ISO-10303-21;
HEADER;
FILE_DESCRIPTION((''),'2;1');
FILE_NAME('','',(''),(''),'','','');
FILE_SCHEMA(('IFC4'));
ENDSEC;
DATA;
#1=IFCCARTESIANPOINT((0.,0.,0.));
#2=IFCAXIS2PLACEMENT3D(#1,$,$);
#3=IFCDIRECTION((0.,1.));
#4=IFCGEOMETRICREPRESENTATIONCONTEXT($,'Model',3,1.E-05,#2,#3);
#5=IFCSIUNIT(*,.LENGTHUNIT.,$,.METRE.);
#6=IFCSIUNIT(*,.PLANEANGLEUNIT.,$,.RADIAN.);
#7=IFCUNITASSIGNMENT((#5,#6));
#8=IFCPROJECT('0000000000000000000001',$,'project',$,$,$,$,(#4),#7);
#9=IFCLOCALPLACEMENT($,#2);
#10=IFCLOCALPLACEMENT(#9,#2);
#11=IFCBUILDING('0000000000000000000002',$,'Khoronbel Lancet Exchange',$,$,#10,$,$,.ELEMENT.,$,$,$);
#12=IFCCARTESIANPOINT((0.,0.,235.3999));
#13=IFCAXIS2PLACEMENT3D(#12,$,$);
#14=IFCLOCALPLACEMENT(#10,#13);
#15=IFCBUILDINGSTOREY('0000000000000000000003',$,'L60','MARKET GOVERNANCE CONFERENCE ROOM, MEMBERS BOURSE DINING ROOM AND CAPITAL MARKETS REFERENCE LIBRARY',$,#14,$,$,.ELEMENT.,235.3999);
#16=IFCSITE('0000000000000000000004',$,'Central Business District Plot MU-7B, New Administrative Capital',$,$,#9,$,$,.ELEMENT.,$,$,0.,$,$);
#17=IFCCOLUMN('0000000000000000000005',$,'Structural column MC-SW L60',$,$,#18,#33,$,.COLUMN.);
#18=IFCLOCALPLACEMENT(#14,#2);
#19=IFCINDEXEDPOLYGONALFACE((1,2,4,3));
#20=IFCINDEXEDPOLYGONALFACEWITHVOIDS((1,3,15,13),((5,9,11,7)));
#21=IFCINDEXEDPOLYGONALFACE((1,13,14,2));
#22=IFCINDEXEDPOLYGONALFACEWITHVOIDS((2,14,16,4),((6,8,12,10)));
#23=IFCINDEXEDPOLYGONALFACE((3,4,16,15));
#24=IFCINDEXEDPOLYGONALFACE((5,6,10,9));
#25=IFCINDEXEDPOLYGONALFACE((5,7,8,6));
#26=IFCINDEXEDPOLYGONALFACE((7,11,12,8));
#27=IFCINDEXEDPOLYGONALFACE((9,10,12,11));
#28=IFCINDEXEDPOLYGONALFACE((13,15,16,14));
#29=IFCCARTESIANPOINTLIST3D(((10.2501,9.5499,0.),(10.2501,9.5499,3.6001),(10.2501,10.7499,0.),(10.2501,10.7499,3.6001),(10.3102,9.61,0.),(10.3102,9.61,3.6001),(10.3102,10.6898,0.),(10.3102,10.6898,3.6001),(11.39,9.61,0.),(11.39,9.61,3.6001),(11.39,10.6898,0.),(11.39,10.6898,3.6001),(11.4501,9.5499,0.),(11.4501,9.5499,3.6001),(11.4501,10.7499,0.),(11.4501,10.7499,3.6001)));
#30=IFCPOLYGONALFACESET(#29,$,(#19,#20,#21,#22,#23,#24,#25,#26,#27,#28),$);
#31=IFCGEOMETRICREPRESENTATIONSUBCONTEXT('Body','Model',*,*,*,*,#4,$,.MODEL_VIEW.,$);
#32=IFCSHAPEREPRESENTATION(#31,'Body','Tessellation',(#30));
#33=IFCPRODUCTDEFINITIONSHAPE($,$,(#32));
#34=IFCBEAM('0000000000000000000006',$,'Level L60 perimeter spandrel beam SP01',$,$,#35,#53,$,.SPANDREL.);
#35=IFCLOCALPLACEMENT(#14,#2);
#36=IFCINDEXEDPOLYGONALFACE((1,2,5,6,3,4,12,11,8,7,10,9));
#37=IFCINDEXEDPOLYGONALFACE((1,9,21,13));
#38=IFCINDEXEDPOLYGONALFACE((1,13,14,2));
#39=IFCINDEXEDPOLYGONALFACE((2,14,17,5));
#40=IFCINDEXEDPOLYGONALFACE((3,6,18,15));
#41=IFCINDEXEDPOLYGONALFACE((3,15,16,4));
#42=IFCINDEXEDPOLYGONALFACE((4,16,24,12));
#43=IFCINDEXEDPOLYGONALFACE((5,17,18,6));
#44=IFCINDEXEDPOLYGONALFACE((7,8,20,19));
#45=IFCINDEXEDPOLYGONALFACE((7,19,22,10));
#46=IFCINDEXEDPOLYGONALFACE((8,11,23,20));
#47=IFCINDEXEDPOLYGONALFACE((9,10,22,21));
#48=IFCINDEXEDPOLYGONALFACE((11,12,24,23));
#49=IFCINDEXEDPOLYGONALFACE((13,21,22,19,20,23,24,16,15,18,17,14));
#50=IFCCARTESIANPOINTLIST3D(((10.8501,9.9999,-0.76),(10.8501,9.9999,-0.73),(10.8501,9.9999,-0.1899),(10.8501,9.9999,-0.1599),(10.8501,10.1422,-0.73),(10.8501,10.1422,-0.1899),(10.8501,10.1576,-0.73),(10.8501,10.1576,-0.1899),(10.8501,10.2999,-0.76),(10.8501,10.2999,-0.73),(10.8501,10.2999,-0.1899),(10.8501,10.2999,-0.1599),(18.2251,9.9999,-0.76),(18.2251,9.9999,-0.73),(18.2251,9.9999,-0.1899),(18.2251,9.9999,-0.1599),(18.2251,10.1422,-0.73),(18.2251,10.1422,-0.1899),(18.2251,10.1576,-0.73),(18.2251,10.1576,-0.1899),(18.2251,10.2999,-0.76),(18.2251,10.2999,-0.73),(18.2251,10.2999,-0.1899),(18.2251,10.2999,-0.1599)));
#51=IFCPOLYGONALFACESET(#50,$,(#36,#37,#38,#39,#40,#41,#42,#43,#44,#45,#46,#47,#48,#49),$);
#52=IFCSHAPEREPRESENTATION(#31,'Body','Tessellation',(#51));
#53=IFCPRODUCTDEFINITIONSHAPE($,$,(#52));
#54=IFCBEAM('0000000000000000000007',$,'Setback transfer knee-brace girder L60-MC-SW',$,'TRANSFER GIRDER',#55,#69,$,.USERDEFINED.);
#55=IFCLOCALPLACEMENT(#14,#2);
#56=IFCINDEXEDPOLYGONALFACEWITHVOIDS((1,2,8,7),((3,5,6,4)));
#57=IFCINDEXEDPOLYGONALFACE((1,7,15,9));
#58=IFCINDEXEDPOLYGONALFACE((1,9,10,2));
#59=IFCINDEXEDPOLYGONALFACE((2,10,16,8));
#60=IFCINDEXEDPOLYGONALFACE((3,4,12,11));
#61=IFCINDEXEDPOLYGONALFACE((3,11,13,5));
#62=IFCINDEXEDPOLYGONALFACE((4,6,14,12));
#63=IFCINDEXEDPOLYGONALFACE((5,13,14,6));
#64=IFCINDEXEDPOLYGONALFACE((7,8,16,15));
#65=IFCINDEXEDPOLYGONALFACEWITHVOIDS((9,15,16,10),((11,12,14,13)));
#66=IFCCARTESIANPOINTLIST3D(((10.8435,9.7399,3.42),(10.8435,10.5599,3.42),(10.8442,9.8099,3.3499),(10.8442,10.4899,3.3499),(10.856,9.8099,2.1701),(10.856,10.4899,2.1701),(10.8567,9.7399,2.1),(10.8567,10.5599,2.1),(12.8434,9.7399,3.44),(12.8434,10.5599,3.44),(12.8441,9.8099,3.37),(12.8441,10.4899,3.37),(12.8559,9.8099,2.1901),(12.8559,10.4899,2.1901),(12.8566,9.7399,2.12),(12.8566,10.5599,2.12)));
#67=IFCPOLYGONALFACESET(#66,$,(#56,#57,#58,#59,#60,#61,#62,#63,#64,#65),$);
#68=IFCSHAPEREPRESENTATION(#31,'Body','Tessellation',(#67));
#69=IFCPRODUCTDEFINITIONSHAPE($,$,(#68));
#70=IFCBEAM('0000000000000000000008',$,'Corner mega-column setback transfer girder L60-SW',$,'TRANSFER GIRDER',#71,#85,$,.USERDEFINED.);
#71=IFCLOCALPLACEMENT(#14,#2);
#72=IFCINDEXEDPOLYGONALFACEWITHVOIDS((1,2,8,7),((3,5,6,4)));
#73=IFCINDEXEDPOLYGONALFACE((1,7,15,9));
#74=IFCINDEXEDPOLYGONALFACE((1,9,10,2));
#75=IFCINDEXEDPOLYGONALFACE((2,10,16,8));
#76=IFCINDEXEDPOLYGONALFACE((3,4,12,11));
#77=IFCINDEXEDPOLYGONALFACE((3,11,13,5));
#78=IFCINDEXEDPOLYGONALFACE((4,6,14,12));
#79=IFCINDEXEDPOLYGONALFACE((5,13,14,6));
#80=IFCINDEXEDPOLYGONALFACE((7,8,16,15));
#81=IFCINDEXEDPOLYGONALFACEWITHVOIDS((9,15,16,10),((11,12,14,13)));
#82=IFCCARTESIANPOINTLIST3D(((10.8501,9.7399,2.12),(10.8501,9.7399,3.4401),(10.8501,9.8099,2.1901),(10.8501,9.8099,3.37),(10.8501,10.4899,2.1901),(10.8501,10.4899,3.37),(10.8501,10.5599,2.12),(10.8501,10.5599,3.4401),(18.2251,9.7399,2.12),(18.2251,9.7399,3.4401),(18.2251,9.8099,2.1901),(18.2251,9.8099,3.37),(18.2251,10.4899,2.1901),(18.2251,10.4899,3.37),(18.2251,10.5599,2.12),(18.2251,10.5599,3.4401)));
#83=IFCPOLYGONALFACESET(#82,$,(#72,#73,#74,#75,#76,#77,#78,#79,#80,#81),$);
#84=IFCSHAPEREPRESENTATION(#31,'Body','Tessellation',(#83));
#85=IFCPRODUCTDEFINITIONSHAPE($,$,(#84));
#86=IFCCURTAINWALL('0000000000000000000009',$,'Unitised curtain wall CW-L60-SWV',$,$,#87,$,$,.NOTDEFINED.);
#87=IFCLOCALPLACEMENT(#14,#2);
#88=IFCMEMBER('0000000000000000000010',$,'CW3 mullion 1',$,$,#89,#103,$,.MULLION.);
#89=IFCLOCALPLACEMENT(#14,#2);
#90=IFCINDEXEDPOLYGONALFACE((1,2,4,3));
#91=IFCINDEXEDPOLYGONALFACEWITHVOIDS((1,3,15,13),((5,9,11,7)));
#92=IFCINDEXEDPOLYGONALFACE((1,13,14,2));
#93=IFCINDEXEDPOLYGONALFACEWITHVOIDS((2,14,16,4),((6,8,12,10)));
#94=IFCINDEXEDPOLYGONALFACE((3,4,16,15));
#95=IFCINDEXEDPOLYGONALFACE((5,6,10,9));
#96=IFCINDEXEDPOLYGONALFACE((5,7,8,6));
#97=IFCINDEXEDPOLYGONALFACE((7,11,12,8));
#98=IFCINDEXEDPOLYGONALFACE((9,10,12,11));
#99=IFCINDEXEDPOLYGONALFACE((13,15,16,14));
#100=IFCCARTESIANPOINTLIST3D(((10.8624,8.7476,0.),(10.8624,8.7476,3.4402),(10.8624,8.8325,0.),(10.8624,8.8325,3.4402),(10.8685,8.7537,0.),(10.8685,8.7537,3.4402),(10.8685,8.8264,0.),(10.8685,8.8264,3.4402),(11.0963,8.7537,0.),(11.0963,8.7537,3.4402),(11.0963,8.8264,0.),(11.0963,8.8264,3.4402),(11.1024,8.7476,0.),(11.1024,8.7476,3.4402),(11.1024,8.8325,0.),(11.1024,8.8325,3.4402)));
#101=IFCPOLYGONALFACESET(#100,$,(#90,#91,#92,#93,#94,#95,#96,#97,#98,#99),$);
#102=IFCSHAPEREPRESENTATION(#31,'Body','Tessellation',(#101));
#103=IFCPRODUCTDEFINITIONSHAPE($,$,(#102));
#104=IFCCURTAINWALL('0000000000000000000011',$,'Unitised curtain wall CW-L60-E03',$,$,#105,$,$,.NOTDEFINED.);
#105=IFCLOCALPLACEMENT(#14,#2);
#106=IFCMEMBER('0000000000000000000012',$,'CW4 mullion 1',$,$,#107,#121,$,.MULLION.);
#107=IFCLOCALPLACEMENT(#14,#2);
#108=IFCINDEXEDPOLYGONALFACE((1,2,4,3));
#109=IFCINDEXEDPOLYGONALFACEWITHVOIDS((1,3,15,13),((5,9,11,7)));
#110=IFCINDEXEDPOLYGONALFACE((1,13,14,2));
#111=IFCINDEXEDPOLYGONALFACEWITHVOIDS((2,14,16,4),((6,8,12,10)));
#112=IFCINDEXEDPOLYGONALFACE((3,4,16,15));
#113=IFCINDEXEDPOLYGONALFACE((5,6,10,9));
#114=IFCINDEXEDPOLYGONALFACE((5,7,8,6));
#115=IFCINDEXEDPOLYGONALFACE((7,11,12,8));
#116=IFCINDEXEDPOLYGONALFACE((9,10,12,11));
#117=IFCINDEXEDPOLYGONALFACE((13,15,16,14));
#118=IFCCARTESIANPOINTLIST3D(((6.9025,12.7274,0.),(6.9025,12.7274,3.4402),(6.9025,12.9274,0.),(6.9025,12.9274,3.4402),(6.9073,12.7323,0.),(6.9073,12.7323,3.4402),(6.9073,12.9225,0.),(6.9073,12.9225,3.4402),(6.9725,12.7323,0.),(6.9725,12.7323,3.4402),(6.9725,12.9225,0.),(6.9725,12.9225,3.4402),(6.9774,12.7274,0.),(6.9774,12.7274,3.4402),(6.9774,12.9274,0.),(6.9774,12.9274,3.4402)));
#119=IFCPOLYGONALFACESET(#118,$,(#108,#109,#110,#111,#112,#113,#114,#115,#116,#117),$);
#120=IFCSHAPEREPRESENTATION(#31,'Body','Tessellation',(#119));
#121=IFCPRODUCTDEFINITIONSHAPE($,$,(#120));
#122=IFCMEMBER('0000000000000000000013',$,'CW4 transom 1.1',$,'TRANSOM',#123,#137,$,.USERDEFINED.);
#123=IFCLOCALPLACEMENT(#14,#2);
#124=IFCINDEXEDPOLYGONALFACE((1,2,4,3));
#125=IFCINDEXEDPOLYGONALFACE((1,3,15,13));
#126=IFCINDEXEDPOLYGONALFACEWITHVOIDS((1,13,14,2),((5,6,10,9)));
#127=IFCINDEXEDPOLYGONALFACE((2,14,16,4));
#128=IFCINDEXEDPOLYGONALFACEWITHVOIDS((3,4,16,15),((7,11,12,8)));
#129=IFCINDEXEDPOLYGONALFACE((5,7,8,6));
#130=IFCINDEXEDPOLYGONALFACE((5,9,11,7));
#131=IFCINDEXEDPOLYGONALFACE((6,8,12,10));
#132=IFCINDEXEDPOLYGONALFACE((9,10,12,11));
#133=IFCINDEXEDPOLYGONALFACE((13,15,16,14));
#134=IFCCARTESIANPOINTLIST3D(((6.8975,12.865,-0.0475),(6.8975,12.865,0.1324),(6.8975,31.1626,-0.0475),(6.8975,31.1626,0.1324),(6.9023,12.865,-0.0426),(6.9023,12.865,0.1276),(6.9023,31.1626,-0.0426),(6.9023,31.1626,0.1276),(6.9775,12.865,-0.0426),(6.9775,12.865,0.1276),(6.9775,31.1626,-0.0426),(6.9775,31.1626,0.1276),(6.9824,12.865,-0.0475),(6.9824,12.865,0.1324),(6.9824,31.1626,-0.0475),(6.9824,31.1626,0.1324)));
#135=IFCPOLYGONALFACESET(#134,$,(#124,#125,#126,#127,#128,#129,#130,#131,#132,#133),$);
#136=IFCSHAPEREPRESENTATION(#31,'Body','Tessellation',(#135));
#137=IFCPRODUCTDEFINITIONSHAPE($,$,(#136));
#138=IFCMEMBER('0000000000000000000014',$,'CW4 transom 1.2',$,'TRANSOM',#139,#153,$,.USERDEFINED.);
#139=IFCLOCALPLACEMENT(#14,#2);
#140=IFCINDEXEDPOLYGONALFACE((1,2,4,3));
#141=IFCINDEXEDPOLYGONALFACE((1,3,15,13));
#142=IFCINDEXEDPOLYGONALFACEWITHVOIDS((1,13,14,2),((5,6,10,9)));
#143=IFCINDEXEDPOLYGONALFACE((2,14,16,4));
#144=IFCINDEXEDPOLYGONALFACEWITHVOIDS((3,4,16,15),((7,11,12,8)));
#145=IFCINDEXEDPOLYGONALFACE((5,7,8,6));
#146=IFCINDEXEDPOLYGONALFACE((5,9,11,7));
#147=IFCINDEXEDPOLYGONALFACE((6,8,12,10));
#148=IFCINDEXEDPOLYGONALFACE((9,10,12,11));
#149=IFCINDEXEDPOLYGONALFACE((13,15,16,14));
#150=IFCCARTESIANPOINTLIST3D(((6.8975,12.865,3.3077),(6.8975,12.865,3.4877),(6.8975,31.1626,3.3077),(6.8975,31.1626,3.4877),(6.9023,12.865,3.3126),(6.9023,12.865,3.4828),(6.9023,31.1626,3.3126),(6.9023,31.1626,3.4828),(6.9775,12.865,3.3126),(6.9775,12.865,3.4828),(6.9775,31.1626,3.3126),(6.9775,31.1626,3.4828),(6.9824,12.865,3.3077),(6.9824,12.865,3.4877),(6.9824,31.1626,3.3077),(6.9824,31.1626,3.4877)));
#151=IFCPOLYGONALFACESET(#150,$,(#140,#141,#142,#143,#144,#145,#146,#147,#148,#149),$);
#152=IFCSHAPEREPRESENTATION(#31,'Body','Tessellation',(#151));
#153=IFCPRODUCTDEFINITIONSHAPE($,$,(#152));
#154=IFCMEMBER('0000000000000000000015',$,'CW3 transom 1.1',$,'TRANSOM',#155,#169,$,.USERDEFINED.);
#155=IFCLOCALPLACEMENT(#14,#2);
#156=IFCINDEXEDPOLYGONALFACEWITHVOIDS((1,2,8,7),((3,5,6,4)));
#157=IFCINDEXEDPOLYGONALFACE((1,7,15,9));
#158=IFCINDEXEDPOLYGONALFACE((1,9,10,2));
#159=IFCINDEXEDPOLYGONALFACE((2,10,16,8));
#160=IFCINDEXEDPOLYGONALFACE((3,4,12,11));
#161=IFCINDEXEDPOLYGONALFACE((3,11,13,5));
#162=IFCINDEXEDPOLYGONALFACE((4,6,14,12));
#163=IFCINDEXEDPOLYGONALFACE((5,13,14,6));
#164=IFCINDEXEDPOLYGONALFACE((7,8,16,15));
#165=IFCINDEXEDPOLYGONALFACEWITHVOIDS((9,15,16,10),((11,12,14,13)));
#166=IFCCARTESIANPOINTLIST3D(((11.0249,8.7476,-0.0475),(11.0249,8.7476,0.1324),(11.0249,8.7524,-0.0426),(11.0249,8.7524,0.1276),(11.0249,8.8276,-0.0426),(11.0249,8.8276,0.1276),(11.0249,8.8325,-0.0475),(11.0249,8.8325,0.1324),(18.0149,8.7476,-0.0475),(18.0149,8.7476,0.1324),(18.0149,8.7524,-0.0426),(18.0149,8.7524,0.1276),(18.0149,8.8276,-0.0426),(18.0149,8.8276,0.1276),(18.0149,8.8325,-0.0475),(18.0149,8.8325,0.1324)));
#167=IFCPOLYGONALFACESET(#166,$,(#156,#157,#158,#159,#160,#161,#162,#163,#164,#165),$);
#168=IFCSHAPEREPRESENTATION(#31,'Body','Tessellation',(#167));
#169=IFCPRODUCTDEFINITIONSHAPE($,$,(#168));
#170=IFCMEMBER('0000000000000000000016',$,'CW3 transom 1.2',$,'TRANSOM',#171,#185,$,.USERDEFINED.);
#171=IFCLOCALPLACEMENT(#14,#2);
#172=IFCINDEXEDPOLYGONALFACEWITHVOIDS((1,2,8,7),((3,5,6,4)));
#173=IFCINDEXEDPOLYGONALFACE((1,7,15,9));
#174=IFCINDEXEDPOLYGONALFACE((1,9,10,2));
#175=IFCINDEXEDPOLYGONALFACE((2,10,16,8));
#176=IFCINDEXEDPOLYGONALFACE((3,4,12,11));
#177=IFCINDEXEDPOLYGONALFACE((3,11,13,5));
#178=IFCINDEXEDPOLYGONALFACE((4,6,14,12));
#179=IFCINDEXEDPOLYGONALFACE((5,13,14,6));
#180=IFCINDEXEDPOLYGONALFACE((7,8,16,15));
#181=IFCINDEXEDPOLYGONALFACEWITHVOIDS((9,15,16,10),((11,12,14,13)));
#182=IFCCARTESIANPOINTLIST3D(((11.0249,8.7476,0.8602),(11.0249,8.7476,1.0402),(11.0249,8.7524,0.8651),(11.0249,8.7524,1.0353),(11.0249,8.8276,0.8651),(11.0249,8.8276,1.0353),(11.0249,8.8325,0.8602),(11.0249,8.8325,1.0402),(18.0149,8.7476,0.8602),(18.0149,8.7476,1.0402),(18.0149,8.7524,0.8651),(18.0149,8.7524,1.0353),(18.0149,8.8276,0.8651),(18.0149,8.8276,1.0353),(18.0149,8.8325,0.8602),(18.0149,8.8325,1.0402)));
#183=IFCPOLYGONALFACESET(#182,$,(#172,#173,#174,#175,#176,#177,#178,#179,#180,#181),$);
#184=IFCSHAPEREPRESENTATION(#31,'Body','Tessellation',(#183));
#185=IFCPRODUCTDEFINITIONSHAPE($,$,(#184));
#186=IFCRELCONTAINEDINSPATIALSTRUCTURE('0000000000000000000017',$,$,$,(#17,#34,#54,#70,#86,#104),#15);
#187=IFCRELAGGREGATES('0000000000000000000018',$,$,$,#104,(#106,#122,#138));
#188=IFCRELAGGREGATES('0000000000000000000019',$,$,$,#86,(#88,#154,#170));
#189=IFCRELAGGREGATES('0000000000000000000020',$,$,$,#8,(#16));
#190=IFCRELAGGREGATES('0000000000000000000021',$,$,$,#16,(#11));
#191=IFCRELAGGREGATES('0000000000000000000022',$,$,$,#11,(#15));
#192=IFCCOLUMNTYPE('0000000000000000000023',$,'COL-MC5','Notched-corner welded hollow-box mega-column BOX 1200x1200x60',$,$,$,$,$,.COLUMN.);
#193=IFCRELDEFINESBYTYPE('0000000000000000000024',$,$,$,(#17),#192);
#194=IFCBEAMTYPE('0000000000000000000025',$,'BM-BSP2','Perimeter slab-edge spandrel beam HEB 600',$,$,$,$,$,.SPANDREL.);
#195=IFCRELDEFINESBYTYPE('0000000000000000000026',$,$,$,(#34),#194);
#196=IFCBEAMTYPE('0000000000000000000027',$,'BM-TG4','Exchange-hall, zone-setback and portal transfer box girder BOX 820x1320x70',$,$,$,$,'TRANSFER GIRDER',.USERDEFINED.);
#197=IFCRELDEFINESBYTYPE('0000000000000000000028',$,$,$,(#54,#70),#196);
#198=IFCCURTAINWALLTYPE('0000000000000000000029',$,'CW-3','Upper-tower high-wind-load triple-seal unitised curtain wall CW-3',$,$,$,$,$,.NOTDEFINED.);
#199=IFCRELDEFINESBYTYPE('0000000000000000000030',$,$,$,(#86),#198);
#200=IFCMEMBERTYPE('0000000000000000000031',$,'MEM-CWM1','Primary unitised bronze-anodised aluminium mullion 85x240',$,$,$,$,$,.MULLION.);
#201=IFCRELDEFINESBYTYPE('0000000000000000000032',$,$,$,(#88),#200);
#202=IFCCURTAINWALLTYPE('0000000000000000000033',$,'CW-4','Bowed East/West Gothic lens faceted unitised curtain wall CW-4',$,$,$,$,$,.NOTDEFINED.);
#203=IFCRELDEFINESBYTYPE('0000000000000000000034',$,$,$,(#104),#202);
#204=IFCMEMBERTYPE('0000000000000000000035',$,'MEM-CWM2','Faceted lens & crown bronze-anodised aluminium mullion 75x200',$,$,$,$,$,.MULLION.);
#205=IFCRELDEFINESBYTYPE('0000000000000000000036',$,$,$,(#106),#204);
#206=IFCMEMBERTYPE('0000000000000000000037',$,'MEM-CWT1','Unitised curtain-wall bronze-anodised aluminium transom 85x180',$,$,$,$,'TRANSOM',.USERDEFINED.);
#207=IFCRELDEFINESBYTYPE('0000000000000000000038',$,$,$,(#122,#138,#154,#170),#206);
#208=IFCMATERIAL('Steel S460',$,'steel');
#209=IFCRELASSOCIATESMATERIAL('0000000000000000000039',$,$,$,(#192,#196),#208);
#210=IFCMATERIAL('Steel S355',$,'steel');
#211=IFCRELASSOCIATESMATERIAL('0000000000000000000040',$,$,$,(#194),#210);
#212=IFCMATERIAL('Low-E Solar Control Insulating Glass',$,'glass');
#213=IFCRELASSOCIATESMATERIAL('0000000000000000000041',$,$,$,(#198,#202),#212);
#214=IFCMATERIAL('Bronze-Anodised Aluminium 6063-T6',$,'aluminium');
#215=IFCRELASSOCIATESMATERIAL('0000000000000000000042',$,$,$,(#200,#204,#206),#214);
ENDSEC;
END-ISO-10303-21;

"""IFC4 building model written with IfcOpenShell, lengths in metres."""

from ifc_helpers import new_model, si_unit, direction, frame, origin, origin_2d, place, context, subcontext, project, spatial, hollow_rectangle, i_section, extrude, material, material_profile, profile_set, type_object, element, aggregate, save


model = new_model("IFC4")

# Units and contexts
model_context = context("Model", 3, precision=1e-05, world=origin(), true_north=direction((0.0, 1.0)))
body_context = subcontext(model_context, "Body", "Model", "MODEL_VIEW")
ifc_project = project(units=[si_unit("LENGTHUNIT", "METRE"), si_unit("PLANEANGLEUNIT", "RADIAN")], contexts=[model_context])

# Site, building, storey
site_placement = place(None, origin())
site = spatial("IfcSite", under=ifc_project, at=site_placement, Name="Central Business District Plot MU-7B, New Administrative Capital", CompositionType="ELEMENT", RefElevation=0.0)
building_placement = place(site_placement, origin())
building = spatial("IfcBuilding", under=site, at=building_placement, Name="Khoronbel Lancet Exchange", CompositionType="ELEMENT")
storey_placement = place(building_placement, frame((0.0, 0.0, 235.3999)))
storey = spatial("IfcBuildingStorey", under=building, at=storey_placement, Name="L60", Description="MARKET GOVERNANCE CONFERENCE ROOM, MEMBERS BOURSE DINING ROOM AND CAPITAL MARKETS REFERENCE LIBRARY", CompositionType="ELEMENT", Elevation=235.3999)

# Column
ifc_material_1 = material(Name="Steel S460", Category="steel")
ifc_material_profile_1 = material_profile(ifc_material_1, hollow_rectangle(XDim=1.2, YDim=1.2, WallThickness=0.0601, at=origin_2d()), Name="BOX 1200x1200x60")
ifc_profile_set_1 = profile_set([ifc_material_profile_1], Name="Steel S460")
column_type = type_object("IfcColumnType", Name="COL-MC5", Description="Notched-corner welded hollow-box mega-column BOX 1200x1200x60", PredefinedType="COLUMN", material=ifc_profile_set_1)
column_placement = place(storey_placement, frame((10.8501, 10.1499, 0.0), z_axis=(0.0, 0.0, 1.0), x_axis=(1.0, 0.0, 0.0)))
element("IfcColumn", 1, at=column_placement, inside=storey, type_object=column_type, Name="Structural column MC-SW L60", PredefinedType="COLUMN", context=body_context, shape_type="SweptSolid", body=[
    extrude(hollow_rectangle(XDim=1.2, YDim=1.2, WallThickness=0.0601, at=origin_2d()), origin(), (0.0, 0.0, 1.0), 3.6001),
])

# Beams
ifc_material_2 = material(Name="Steel S355", Category="steel")
ifc_material_profile_2 = material_profile(ifc_material_2, i_section(OverallWidth=0.3, OverallDepth=0.6001, WebThickness=0.0154, FlangeThickness=0.03, at=origin_2d()), Name="HEB 600")
ifc_profile_set_2 = profile_set([ifc_material_profile_2], Name="Steel S355")
beam_type_1 = type_object("IfcBeamType", Name="BM-BSP2", Description="Perimeter slab-edge spandrel beam HEB 600", PredefinedType="SPANDREL", material=ifc_profile_set_2)
beam_1_placement = place(storey_placement, frame((10.8501, 10.1499, -0.46), z_axis=(1.0, 0.0, 0.0), x_axis=(0.0, 1.0, 0.0)))
element("IfcBeam", 2, at=beam_1_placement, inside=storey, type_object=beam_type_1, Name="Level L60 perimeter spandrel beam SP01", PredefinedType="SPANDREL", context=body_context, shape_type="SweptSolid", body=[
    extrude(i_section(OverallWidth=0.3, OverallDepth=0.6001, WebThickness=0.0154, FlangeThickness=0.03, at=origin_2d()), origin(), (0.0, 0.0, 1.0), 7.375),
])
ifc_material_profile_3 = material_profile(ifc_material_1, hollow_rectangle(XDim=0.8201, YDim=1.3201, WallThickness=0.0701, at=origin_2d()), Name="BOX 820x1320x70")
ifc_profile_set_3 = profile_set([ifc_material_profile_3], Name="Steel S460")
beam_type_2 = type_object("IfcBeamType", Name="BM-TG4", Description="Exchange-hall, zone-setback and portal transfer box girder BOX 820x1320x70", ElementType="TRANSFER GIRDER", PredefinedType="USERDEFINED", material=ifc_profile_set_3)
beam_2_placement = place(storey_placement, frame((10.8501, 10.1499, 2.76), z_axis=(0.99995, 0.0, 0.010009), x_axis=(0.0, 1.0, 0.0)))
element("IfcBeam", 3, at=beam_2_placement, inside=storey, type_object=beam_type_2, Name="Setback transfer knee-brace girder L60-MC-SW", ObjectType="TRANSFER GIRDER", PredefinedType="USERDEFINED", context=body_context, shape_type="SweptSolid", body=[
    extrude(hollow_rectangle(XDim=0.8201, YDim=1.3201, WallThickness=0.0701, at=origin_2d()), origin(), (0.0, 0.0, 1.0), 2.0),
])
beam_3_placement = place(storey_placement, frame((10.8501, 10.1499, 2.78), z_axis=(1.0, 0.0, 0.0), x_axis=(0.0, 1.0, 0.0)))
element("IfcBeam", 4, at=beam_3_placement, inside=storey, type_object=beam_type_2, Name="Corner mega-column setback transfer girder L60-SW", ObjectType="TRANSFER GIRDER", PredefinedType="USERDEFINED", context=body_context, shape_type="SweptSolid", body=[
    extrude(hollow_rectangle(XDim=0.8201, YDim=1.3201, WallThickness=0.0701, at=origin_2d()), origin(), (0.0, 0.0, 1.0), 7.375),
])

# Curtain wall, member
ifc_material_3 = material(Name="Low-E Solar Control Insulating Glass", Category="glass")
curtain_wall_type_1 = type_object("IfcCurtainWallType", Name="CW-3", Description="Upper-tower high-wind-load triple-seal unitised curtain wall CW-3", PredefinedType="NOTDEFINED", material=ifc_material_3)
curtain_wall_1_placement = place(storey_placement, origin())
curtain_wall_1 = element("IfcCurtainWall", 5, at=curtain_wall_1_placement, inside=storey, type_object=curtain_wall_type_1, Name="Unitised curtain wall CW-L60-SWV", PredefinedType="NOTDEFINED")
ifc_material_4 = material(Name="Bronze-Anodised Aluminium 6063-T6", Category="aluminium")
ifc_material_profile_4 = material_profile(ifc_material_4, hollow_rectangle(XDim=0.085, YDim=0.24, WallThickness=0.0061, at=origin_2d()), Name="ALU MULLION 85x240")
ifc_profile_set_4 = profile_set([ifc_material_profile_4], Name="Bronze-Anodised Aluminium 6063-T6")
member_type_1 = type_object("IfcMemberType", Name="MEM-CWM1", Description="Primary unitised bronze-anodised aluminium mullion 85x240", PredefinedType="MULLION", material=ifc_profile_set_4)
member_1_placement = place(storey_placement, frame((10.9824, 8.79, 0.0), z_axis=(0.0, 0.0, 1.0), x_axis=(0.0, 1.0, 0.0)))
member_1 = element("IfcMember", 6, at=member_1_placement, type_object=member_type_1, Name="CW3 mullion 1", PredefinedType="MULLION", context=body_context, shape_type="SweptSolid", body=[
    extrude(hollow_rectangle(XDim=0.085, YDim=0.24, WallThickness=0.0061, at=origin_2d()), origin(), (0.0, 0.0, 1.0), 3.4402),
])

# Curtain wall, members
curtain_wall_type_2 = type_object("IfcCurtainWallType", Name="CW-4", Description="Bowed East/West Gothic lens faceted unitised curtain wall CW-4", PredefinedType="NOTDEFINED", material=ifc_material_3)
curtain_wall_2_placement = place(storey_placement, origin())
curtain_wall_2 = element("IfcCurtainWall", 7, at=curtain_wall_2_placement, inside=storey, type_object=curtain_wall_type_2, Name="Unitised curtain wall CW-L60-E03", PredefinedType="NOTDEFINED")
ifc_material_profile_5 = material_profile(ifc_material_4, hollow_rectangle(XDim=0.075, YDim=0.2, WallThickness=0.0049, at=origin_2d()), Name="ALU MULLION 75x200")
ifc_profile_set_5 = profile_set([ifc_material_profile_5], Name="Bronze-Anodised Aluminium 6063-T6")
member_type_2 = type_object("IfcMemberType", Name="MEM-CWM2", Description="Faceted lens & crown bronze-anodised aluminium mullion 75x200", PredefinedType="MULLION", material=ifc_profile_set_5)
member_2_placement = place(storey_placement, frame((6.9399, 12.8274, 0.0), z_axis=(0.0, 0.0, 1.0), x_axis=(-1.0, 0.0, 0.0)))
member_2 = element("IfcMember", 8, at=member_2_placement, type_object=member_type_2, Name="CW4 mullion 1", PredefinedType="MULLION", context=body_context, shape_type="SweptSolid", body=[
    extrude(hollow_rectangle(XDim=0.075, YDim=0.2, WallThickness=0.0049, at=origin_2d()), origin(), (0.0, 0.0, 1.0), 3.4402),
])
ifc_material_profile_6 = material_profile(ifc_material_4, hollow_rectangle(XDim=0.085, YDim=0.1799, WallThickness=0.0049, at=origin_2d()), Name="ALU TRANSOM 85x180")
ifc_profile_set_6 = profile_set([ifc_material_profile_6], Name="Bronze-Anodised Aluminium 6063-T6")
member_type_3 = type_object("IfcMemberType", Name="MEM-CWT1", Description="Unitised curtain-wall bronze-anodised aluminium transom 85x180", ElementType="TRANSOM", PredefinedType="USERDEFINED", material=ifc_profile_set_6)
member_3_placement = place(storey_placement, frame((6.9399, 12.865, 0.0425), z_axis=(0.0, 1.0, 0.0), x_axis=(-1.0, 0.0, 0.0)))
member_3 = element("IfcMember", 9, at=member_3_placement, type_object=member_type_3, Name="CW4 transom 1.1", ObjectType="TRANSOM", PredefinedType="USERDEFINED", context=body_context, shape_type="SweptSolid", body=[
    extrude(hollow_rectangle(XDim=0.085, YDim=0.1799, WallThickness=0.0049, at=origin_2d()), origin(), (0.0, 0.0, 1.0), 18.2976),
])
member_4_placement = place(storey_placement, frame((6.9399, 12.865, 3.3977), z_axis=(0.0, 1.0, 0.0), x_axis=(-1.0, 0.0, 0.0)))
member_4 = element("IfcMember", 10, at=member_4_placement, type_object=member_type_3, Name="CW4 transom 1.2", ObjectType="TRANSOM", PredefinedType="USERDEFINED", context=body_context, shape_type="SweptSolid", body=[
    extrude(hollow_rectangle(XDim=0.085, YDim=0.1799, WallThickness=0.0049, at=origin_2d()), origin(), (0.0, 0.0, 1.0), 18.2976),
])
aggregate(curtain_wall_2, [member_2, member_3, member_4])

# Members
member_5_placement = place(storey_placement, frame((11.0249, 8.79, 0.0425), z_axis=(1.0, 0.0, 0.0), x_axis=(0.0, 1.0, 0.0)))
member_5 = element("IfcMember", 11, at=member_5_placement, type_object=member_type_3, Name="CW3 transom 1.1", ObjectType="TRANSOM", PredefinedType="USERDEFINED", context=body_context, shape_type="SweptSolid", body=[
    extrude(hollow_rectangle(XDim=0.085, YDim=0.1799, WallThickness=0.0049, at=origin_2d()), origin(), (0.0, 0.0, 1.0), 6.99),
])
member_6_placement = place(storey_placement, frame((11.0249, 8.79, 0.9502), z_axis=(1.0, 0.0, 0.0), x_axis=(0.0, 1.0, 0.0)))
member_6 = element("IfcMember", 12, at=member_6_placement, type_object=member_type_3, Name="CW3 transom 1.2", ObjectType="TRANSOM", PredefinedType="USERDEFINED", context=body_context, shape_type="SweptSolid", body=[
    extrude(hollow_rectangle(XDim=0.085, YDim=0.1799, WallThickness=0.0049, at=origin_2d()), origin(), (0.0, 0.0, 1.0), 6.99),
])
aggregate(curtain_wall_1, [member_1, member_5, member_6])

save(model, "model.ifc")
